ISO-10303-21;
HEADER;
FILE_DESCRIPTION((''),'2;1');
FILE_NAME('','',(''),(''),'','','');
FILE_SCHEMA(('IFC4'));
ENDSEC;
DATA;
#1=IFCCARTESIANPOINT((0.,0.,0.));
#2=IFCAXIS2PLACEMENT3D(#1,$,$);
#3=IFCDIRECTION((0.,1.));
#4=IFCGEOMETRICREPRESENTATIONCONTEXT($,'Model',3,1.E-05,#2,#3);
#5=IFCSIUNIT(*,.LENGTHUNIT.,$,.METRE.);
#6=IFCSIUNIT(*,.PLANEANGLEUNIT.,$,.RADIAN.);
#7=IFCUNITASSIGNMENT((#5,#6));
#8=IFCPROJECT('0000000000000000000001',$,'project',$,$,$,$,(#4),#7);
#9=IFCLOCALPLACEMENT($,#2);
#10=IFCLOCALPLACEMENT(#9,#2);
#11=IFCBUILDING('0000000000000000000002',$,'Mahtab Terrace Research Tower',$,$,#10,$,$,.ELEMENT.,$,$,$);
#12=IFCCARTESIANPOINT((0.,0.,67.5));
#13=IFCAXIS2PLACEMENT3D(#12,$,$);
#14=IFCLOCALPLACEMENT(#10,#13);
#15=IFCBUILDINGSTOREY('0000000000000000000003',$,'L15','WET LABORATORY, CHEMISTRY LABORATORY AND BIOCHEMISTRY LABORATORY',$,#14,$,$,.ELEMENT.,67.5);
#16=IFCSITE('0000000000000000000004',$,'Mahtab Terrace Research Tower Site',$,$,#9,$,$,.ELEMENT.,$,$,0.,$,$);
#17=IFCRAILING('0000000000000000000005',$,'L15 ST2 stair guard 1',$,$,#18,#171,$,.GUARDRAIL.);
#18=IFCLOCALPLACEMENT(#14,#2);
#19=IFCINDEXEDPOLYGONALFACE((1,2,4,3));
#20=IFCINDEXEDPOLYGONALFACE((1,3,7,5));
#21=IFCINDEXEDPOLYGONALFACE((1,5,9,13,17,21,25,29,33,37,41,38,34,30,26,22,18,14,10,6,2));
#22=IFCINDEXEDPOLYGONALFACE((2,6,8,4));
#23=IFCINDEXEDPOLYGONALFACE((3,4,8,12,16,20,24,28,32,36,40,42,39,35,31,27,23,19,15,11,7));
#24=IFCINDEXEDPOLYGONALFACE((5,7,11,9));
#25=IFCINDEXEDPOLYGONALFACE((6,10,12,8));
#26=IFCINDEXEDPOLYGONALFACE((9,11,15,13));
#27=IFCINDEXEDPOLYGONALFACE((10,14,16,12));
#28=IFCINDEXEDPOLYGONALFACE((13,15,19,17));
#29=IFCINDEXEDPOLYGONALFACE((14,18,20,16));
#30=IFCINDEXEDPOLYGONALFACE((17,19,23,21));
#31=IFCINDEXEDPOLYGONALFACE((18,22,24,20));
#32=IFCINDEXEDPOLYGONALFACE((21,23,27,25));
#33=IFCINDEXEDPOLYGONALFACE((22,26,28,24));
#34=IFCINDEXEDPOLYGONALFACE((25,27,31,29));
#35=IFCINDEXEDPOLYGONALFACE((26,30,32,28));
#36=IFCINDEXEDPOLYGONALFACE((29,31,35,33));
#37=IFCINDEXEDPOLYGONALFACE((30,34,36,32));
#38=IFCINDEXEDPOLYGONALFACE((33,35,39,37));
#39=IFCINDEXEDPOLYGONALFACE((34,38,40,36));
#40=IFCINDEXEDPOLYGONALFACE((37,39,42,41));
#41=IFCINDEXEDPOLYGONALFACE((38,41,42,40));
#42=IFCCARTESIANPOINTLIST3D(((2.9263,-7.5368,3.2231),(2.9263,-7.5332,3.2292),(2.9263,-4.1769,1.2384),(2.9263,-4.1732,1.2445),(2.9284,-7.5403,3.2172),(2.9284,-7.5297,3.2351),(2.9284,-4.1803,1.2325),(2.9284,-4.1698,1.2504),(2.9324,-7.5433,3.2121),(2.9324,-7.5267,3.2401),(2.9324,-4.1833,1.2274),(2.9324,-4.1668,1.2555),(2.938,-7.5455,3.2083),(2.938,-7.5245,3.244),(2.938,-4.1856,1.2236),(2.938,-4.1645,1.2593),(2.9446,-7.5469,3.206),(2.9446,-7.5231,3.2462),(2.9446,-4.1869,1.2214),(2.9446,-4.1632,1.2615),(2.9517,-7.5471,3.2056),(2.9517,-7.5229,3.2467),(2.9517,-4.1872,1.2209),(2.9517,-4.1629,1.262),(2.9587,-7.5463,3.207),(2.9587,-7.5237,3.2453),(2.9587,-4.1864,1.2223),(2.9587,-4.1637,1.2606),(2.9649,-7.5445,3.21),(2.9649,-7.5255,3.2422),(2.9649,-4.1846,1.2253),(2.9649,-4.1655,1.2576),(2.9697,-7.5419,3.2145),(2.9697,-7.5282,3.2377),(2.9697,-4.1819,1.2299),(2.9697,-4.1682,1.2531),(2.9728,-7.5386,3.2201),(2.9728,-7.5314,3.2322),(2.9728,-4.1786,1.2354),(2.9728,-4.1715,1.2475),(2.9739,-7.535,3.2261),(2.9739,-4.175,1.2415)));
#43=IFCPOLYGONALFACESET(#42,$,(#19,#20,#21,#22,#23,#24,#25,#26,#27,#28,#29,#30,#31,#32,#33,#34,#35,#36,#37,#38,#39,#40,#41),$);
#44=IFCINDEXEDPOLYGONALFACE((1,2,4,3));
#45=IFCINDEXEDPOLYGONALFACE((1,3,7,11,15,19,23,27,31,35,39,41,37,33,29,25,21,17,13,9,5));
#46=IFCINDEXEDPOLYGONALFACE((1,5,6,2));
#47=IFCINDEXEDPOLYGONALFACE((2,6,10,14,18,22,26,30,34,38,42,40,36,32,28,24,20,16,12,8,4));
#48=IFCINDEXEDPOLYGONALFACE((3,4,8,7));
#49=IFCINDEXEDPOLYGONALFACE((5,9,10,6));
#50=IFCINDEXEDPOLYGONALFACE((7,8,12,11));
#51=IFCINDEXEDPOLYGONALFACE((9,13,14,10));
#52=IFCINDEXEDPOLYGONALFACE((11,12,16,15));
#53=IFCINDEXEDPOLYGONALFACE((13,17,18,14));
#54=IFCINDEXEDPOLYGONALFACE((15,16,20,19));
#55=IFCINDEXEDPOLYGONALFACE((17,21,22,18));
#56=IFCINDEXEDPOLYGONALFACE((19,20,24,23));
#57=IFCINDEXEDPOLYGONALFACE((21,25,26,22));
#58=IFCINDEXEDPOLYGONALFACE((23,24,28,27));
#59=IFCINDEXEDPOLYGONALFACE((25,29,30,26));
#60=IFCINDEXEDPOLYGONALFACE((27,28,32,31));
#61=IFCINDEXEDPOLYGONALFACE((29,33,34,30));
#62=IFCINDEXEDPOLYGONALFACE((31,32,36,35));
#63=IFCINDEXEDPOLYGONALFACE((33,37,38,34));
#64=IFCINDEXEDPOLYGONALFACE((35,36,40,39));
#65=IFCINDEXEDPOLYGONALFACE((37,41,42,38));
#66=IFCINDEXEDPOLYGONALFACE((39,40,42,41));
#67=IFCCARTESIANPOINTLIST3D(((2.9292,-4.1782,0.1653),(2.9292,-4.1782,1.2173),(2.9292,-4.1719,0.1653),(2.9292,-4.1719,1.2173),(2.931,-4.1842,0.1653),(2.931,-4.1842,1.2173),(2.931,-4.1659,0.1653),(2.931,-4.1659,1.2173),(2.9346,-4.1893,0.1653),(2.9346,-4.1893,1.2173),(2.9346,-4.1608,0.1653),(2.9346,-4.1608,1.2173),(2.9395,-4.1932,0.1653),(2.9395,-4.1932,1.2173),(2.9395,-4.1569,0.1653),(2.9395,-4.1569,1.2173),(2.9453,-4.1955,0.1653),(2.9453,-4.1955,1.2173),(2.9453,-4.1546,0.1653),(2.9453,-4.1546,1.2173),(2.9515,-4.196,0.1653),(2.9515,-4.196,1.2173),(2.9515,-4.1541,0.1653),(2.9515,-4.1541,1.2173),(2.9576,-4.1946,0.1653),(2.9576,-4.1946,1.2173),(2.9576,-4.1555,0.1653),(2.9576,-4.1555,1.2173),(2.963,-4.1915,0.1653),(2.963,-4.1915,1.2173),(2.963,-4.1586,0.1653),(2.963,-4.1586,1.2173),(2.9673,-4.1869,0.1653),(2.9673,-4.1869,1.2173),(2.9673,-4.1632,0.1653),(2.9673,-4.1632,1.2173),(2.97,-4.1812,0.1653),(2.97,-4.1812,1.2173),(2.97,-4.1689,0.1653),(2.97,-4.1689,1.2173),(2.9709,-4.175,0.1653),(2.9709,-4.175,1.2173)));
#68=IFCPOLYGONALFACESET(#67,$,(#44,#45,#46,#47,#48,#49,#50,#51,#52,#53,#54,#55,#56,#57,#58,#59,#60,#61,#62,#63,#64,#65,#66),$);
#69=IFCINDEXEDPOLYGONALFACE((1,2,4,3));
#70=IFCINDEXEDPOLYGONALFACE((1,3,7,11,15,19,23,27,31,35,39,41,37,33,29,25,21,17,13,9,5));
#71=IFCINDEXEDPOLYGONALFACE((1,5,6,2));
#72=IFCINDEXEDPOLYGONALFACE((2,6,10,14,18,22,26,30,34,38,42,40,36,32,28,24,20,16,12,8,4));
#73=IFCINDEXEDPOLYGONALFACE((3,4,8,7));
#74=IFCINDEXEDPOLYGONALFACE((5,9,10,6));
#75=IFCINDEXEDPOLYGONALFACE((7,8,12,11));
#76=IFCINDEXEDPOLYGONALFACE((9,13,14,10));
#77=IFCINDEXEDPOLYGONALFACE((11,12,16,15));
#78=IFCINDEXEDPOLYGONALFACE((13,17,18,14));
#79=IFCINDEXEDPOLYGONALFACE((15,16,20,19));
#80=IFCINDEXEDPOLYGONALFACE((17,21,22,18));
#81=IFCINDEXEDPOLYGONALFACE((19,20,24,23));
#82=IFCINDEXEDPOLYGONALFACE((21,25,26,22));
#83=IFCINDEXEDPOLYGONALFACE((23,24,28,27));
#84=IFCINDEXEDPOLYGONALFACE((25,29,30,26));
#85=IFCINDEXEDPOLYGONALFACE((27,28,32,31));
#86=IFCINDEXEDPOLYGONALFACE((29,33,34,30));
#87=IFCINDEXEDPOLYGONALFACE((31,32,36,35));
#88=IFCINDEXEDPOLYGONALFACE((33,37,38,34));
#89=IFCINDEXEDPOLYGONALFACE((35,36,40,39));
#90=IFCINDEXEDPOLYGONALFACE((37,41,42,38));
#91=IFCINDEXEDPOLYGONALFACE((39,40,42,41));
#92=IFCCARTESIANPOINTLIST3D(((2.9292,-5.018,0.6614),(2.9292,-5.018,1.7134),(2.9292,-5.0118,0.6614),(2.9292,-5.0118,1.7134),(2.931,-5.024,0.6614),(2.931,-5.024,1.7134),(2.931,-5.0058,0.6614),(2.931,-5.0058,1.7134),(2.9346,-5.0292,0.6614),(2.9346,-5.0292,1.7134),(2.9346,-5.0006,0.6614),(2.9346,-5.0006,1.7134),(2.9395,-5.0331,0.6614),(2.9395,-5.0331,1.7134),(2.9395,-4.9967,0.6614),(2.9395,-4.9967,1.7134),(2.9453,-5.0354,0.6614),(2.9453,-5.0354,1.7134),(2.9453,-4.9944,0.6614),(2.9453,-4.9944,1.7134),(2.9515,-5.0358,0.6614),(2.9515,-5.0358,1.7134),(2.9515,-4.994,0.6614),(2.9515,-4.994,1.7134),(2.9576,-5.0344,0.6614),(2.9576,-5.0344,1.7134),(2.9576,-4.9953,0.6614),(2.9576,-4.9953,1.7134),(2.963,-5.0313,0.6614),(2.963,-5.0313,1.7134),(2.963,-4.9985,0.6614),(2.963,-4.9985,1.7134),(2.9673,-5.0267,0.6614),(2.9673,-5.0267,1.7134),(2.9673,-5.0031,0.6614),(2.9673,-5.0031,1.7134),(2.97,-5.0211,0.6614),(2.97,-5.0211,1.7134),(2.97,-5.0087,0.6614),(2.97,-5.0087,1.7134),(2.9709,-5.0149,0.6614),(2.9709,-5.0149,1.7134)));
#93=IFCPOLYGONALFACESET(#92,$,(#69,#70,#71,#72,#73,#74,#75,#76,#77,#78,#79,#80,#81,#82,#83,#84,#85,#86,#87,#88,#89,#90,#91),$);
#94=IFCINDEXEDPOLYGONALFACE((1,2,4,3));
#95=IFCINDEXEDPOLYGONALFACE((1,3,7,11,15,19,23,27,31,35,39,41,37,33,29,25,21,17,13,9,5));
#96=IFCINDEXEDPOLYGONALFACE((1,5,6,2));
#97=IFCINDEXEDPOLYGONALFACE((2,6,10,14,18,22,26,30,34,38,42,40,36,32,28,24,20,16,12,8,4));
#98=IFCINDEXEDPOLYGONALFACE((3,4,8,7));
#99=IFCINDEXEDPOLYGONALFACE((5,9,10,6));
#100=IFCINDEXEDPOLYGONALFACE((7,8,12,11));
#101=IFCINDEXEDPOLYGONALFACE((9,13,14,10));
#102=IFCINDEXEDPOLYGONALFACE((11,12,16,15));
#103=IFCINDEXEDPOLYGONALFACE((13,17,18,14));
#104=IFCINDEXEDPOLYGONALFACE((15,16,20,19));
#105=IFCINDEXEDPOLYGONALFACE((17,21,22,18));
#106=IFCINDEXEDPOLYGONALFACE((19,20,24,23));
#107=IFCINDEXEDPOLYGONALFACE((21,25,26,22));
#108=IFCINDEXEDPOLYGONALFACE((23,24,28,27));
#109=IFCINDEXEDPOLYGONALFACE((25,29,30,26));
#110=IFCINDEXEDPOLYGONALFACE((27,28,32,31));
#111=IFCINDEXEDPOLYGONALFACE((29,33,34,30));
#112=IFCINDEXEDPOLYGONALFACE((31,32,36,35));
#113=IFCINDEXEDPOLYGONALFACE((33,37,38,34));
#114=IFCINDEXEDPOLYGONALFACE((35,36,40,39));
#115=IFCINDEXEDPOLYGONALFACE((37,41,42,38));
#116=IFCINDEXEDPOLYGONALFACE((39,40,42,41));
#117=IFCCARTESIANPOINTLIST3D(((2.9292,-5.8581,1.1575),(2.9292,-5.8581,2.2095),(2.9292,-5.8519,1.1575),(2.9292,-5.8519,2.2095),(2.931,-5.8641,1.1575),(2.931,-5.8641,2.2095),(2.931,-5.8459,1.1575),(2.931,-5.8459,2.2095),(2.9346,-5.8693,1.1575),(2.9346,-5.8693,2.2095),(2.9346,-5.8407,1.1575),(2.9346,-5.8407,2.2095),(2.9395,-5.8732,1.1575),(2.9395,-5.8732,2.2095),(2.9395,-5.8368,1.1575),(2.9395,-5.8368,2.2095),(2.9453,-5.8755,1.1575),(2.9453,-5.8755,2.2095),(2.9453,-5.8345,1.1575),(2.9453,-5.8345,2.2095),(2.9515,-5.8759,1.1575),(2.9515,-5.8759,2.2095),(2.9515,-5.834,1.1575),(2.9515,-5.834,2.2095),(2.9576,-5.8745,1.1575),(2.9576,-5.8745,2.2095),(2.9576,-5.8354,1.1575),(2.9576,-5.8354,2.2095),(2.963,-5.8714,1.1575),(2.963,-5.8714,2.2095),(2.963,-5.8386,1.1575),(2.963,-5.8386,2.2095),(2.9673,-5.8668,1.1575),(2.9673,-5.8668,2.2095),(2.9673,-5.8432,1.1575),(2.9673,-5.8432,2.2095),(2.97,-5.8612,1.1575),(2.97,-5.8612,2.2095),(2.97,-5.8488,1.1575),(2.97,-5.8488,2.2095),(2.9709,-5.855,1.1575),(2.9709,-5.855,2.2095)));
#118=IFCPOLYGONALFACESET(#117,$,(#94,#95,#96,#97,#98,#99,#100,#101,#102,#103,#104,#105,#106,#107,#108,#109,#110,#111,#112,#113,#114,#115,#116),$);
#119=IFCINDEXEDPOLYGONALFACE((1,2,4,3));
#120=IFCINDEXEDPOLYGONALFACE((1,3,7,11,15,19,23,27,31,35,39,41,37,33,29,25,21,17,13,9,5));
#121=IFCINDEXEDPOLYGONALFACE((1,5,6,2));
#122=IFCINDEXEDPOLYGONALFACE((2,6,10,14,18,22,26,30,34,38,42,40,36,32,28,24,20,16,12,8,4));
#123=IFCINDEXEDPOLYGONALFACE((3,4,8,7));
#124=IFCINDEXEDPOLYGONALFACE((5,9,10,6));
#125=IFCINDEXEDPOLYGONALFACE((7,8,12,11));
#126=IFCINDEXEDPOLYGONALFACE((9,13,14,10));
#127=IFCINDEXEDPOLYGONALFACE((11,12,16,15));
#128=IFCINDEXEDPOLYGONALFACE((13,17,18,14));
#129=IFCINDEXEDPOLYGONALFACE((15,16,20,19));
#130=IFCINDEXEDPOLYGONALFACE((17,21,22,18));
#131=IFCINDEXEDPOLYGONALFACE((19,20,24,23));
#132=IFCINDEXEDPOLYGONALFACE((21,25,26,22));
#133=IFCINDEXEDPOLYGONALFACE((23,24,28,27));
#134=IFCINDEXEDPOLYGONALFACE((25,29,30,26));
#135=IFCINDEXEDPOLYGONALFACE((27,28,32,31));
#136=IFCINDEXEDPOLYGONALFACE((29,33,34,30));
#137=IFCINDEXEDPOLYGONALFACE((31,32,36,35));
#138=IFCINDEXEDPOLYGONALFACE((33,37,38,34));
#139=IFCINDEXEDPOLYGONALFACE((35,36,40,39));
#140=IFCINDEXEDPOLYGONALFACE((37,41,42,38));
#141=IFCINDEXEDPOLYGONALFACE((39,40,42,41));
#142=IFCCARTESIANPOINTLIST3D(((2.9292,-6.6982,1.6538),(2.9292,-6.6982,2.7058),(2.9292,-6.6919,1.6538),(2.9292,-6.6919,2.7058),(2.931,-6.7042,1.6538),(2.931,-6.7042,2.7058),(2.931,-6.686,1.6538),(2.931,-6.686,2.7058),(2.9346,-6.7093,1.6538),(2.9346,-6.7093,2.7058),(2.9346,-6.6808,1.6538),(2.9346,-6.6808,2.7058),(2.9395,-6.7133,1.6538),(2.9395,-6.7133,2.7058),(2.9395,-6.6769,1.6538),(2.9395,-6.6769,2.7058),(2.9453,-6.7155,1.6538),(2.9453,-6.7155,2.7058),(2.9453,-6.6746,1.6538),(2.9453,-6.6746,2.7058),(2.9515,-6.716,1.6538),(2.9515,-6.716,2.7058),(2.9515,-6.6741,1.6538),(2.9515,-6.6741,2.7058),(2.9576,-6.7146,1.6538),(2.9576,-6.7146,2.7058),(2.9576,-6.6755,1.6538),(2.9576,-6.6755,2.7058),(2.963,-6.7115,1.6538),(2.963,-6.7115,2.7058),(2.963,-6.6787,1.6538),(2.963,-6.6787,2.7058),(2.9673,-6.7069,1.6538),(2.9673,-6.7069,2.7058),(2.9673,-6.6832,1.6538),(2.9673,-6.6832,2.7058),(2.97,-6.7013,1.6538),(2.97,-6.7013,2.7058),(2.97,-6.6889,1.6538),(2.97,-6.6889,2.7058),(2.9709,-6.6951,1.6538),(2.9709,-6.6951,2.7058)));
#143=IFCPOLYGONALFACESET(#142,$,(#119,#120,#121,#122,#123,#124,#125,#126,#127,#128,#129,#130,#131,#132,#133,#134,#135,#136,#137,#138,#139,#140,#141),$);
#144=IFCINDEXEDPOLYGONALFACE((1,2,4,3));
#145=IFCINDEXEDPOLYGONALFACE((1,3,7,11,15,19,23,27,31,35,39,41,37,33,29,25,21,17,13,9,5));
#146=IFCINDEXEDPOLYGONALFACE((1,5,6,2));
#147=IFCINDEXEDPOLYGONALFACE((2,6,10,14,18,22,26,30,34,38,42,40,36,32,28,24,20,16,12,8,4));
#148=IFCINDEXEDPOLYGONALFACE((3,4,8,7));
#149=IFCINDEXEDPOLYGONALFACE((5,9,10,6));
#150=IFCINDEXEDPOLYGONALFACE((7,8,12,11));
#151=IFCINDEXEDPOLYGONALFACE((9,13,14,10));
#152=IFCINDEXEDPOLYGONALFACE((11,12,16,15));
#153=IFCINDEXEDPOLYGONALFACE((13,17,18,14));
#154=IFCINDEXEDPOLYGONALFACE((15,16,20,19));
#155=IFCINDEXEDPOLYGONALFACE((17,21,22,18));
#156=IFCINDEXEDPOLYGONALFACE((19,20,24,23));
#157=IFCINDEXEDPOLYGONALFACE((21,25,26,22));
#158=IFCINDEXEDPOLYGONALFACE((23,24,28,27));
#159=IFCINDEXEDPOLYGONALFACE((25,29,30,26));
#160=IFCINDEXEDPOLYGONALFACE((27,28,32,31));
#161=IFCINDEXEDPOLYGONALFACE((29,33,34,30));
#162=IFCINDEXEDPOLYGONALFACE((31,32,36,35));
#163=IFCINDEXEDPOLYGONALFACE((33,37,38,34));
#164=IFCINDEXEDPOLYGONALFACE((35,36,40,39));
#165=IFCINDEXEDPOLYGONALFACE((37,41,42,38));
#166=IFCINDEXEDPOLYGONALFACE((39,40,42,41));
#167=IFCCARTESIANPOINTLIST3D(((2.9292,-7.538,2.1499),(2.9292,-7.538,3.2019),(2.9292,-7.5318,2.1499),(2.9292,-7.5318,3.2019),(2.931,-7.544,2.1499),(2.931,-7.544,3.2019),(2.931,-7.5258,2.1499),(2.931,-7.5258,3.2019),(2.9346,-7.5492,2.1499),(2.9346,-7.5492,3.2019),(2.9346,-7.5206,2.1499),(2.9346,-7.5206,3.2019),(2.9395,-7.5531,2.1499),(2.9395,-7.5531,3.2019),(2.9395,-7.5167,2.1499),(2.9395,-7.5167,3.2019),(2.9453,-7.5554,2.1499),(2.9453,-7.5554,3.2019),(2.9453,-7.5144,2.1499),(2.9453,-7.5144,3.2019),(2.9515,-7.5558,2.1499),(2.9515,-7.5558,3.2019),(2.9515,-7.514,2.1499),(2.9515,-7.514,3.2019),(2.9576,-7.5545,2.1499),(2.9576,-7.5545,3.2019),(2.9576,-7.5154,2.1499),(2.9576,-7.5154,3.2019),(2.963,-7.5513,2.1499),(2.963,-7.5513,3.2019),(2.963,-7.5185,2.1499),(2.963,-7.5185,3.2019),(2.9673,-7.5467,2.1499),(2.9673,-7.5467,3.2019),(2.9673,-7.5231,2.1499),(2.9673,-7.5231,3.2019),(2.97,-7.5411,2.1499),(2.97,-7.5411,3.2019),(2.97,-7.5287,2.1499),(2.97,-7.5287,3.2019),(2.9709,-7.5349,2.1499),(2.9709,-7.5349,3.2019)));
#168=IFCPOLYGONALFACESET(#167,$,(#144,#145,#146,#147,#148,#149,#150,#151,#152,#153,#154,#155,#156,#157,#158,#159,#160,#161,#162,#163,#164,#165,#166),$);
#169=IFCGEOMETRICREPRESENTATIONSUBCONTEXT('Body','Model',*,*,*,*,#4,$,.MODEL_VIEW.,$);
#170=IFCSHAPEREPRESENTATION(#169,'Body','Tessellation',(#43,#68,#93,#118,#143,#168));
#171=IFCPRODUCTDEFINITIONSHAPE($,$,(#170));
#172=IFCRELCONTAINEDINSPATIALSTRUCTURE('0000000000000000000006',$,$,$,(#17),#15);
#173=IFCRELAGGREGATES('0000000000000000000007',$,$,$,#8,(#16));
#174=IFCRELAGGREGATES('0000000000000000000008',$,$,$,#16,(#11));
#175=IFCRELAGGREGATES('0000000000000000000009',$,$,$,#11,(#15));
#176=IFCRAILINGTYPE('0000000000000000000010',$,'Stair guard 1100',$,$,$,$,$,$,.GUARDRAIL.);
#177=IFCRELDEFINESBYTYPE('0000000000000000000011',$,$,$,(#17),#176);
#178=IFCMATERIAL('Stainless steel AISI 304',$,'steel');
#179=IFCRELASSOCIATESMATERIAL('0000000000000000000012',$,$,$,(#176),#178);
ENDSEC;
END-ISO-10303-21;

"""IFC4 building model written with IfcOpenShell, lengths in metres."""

from ifc_helpers import new_model, si_unit, direction, frame, origin, origin_2d, place, context, subcontext, project, spatial, circle, extrude, material, type_object, element, save


model = new_model("IFC4")

# Units and contexts
model_context = context("Model", 3, precision=1e-05, world=origin(), true_north=direction((0.0, 1.0)))
body_context = subcontext(model_context, "Body", "Model", "MODEL_VIEW")
ifc_project = project(units=[si_unit("LENGTHUNIT", "METRE"), si_unit("PLANEANGLEUNIT", "RADIAN")], contexts=[model_context])

# Site, building, storey
site_placement = place(None, origin())
site = spatial("IfcSite", under=ifc_project, at=site_placement, Name="Mahtab Terrace Research Tower Site", CompositionType="ELEMENT", RefElevation=0.0)
building_placement = place(site_placement, origin())
building = spatial("IfcBuilding", under=site, at=building_placement, Name="Mahtab Terrace Research Tower", CompositionType="ELEMENT")
storey_placement = place(building_placement, frame((0.0, 0.0, 67.5)))
storey = spatial("IfcBuildingStorey", under=building, at=storey_placement, Name="L15", Description="WET LABORATORY, CHEMISTRY LABORATORY AND BIOCHEMISTRY LABORATORY", CompositionType="ELEMENT", Elevation=67.5)

# Railing
ifc_material_1 = material(Name="Stainless steel AISI 304", Category="steel")
railing_type_1 = type_object("IfcRailingType", Name="Stair guard 1100", PredefinedType="GUARDRAIL", material=ifc_material_1)
railing_1_placement = place(storey_placement, frame((2.95, -4.175, 0.1653)))
element("IfcRailing", 1, at=railing_1_placement, inside=storey, type_object=railing_type_1, Name="L15 ST2 stair guard 1", PredefinedType="GUARDRAIL", context=body_context, shape_type="SweptSolid", body=[
    extrude(circle(Radius=0.0239, at=origin_2d()), frame((0.0, 0.0, 1.0762), z_axis=(0.0, -0.861011, 0.508586), x_axis=(1.0, 0.0, 0.0)), (0.0, 0.0, 1.0), 3.9023),
    extrude(circle(Radius=0.021, at=origin_2d()), origin(), (0.0, 0.0, 1.0), 1.052),
    extrude(circle(Radius=0.021, at=origin_2d()), frame((0.0, -0.8398, 0.4961)), (0.0, 0.0, 1.0), 1.052),
    extrude(circle(Radius=0.021, at=origin_2d()), frame((0.0, -1.6799, 0.9922)), (0.0, 0.0, 1.0), 1.052),
    extrude(circle(Radius=0.021, at=origin_2d()), frame((0.0, -2.52, 1.4885)), (0.0, 0.0, 1.0), 1.052),
    extrude(circle(Radius=0.021, at=origin_2d()), frame((0.0, -3.3599, 1.9846)), (0.0, 0.0, 1.0), 1.052),
])

save(model, "model.ifc")
